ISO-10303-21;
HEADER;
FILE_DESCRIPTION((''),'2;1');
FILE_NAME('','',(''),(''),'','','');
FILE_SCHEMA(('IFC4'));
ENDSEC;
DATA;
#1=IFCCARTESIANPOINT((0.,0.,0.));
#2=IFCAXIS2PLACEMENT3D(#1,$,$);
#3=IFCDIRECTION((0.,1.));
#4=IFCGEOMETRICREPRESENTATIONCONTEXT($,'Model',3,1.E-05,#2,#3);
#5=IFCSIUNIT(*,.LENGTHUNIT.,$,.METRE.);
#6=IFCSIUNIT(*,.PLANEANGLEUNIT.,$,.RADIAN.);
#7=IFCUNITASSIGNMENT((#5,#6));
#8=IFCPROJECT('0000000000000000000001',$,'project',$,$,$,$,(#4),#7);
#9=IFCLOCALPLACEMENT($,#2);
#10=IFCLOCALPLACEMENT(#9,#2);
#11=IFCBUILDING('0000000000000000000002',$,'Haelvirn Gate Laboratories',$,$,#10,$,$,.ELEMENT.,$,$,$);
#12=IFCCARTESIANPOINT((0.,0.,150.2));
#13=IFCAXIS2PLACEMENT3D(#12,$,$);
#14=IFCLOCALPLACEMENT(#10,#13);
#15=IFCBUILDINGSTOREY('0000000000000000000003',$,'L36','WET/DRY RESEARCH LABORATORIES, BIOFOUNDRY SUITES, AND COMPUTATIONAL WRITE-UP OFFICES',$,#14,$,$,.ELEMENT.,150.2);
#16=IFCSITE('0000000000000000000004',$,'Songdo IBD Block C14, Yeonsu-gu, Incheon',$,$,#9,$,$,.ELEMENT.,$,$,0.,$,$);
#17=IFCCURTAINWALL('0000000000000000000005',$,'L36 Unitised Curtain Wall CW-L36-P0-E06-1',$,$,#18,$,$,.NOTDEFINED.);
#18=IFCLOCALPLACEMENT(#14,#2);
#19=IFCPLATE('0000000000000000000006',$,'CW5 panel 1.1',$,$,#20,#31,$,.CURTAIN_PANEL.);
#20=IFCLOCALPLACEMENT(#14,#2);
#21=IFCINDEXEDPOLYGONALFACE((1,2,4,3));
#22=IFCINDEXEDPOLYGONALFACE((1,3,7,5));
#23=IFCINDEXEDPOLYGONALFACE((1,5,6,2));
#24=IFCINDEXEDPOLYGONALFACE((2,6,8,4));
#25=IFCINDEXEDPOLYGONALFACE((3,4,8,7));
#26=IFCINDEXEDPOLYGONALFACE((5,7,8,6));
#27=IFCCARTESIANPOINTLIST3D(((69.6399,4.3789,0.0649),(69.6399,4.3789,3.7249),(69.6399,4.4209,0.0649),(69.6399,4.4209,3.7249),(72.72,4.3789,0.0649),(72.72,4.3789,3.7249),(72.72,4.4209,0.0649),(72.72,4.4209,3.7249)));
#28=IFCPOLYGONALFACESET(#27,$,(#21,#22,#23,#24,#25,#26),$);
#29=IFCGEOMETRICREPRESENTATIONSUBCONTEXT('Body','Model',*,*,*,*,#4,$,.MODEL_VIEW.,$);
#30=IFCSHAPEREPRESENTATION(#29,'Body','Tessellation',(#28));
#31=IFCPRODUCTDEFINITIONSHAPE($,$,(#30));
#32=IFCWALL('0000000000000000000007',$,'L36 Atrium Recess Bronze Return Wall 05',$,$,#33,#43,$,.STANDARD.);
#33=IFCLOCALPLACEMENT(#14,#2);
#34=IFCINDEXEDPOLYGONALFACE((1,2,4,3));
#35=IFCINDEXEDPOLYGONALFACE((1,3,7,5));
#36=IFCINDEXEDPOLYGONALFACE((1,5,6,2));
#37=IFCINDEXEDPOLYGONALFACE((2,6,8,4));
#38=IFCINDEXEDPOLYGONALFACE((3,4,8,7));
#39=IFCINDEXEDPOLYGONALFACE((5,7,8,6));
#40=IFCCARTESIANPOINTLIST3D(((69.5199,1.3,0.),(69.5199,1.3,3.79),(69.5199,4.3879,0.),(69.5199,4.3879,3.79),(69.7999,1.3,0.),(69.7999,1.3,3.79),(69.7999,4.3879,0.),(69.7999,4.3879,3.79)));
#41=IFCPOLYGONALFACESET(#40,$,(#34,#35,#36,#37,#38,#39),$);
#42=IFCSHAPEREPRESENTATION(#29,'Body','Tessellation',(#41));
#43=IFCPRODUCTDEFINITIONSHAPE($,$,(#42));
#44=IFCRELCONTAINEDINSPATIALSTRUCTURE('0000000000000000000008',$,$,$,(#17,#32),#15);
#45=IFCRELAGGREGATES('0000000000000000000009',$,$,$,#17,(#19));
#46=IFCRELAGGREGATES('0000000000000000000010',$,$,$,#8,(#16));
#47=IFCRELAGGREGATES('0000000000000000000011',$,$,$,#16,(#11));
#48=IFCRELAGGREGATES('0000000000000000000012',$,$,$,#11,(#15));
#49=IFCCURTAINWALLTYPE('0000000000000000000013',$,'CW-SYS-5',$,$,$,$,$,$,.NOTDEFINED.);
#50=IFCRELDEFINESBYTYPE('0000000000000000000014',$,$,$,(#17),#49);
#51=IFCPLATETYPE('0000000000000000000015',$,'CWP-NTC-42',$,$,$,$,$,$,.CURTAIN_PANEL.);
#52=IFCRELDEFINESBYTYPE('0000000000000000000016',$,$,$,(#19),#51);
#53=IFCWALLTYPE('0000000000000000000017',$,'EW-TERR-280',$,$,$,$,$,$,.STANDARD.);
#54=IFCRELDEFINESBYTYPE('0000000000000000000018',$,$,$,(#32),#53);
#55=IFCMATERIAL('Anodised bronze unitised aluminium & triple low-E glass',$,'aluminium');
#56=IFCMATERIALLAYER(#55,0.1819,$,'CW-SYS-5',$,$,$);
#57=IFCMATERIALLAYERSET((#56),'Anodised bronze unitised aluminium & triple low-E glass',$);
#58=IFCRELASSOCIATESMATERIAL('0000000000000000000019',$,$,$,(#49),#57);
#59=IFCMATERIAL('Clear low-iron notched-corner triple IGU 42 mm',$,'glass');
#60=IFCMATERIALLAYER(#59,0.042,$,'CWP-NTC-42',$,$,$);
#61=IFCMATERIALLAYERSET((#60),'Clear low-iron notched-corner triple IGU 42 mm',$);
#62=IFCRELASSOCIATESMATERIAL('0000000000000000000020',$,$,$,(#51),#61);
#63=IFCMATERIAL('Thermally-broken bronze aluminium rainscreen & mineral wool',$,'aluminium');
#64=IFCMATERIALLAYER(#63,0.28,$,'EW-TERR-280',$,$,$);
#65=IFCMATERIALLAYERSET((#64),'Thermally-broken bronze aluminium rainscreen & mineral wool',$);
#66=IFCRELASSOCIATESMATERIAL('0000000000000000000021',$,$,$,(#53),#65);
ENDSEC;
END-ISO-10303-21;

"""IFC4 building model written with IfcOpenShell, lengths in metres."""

from ifc_helpers import new_model, si_unit, direction, frame, frame_2d, origin, origin_2d, place, context, subcontext, project, spatial, rectangle, extrude, source, transform, mapped, material, layer, layer_set, type_object, type_shapes, element, aggregate, save


model = new_model("IFC4")

# Units and contexts
model_context = context("Model", 3, precision=1e-05, world=origin(), true_north=direction((0.0, 1.0)))
body_context = subcontext(model_context, "Body", "Model", "MODEL_VIEW")
ifc_project = project(units=[si_unit("LENGTHUNIT", "METRE"), si_unit("PLANEANGLEUNIT", "RADIAN")], contexts=[model_context])

# Site, building, storey
site_placement = place(None, origin())
site = spatial("IfcSite", under=ifc_project, at=site_placement, Name="Songdo IBD Block C14, Yeonsu-gu, Incheon", CompositionType="ELEMENT", RefElevation=0.0)
building_placement = place(site_placement, origin())
building = spatial("IfcBuilding", under=site, at=building_placement, Name="Haelvirn Gate Laboratories", CompositionType="ELEMENT")
storey_placement = place(building_placement, frame((0.0, 0.0, 150.2)))
storey = spatial("IfcBuildingStorey", under=building, at=storey_placement, Name="L36", Description="WET/DRY RESEARCH LABORATORIES, BIOFOUNDRY SUITES, AND COMPUTATIONAL WRITE-UP OFFICES", CompositionType="ELEMENT", Elevation=150.2)

# Curtain wall
ifc_material_1 = material(Name="Anodised bronze unitised aluminium & triple low-E glass", Category="aluminium")
ifc_layer_1 = layer(ifc_material_1, 0.1819, Name="CW-SYS-5")
ifc_layer_set_1 = layer_set([ifc_layer_1], Name="Anodised bronze unitised aluminium & triple low-E glass")
curtain_wall_type_1 = type_object("IfcCurtainWallType", Name="CW-SYS-5", PredefinedType="NOTDEFINED", material=ifc_layer_set_1)
curtain_wall_1_placement = place(storey_placement, origin())
curtain_wall_1 = element("IfcCurtainWall", 1, at=curtain_wall_1_placement, inside=storey, type_object=curtain_wall_type_1, Name="L36 Unitised Curtain Wall CW-L36-P0-E06-1", PredefinedType="NOTDEFINED")

# Plate
ifc_material_2 = material(Name="Clear low-iron notched-corner triple IGU 42 mm", Category="glass")
ifc_layer_2 = layer(ifc_material_2, 0.042, Name="CWP-NTC-42")
ifc_layer_set_2 = layer_set([ifc_layer_2], Name="Clear low-iron notched-corner triple IGU 42 mm")
plate_type_1 = type_object("IfcPlateType", Name="CWP-NTC-42", PredefinedType="CURTAIN_PANEL", material=ifc_layer_set_2)
shared_shape_1 = source(origin(), body_context, "Body", "SweptSolid", [
    extrude(rectangle(XDim=3.0801, YDim=0.042, at=origin_2d()), origin(), (0.0, 0.0, 1.0), 3.6599),
])
type_shapes(plate_type_1, [shared_shape_1])
plate_1_placement = place(storey_placement, frame((71.1799, 4.3999, 0.0649), z_axis=(0.0, 0.0, 1.0), x_axis=(1.0, 0.0, 0.0)))
plate_1 = element("IfcPlate", 2, at=plate_1_placement, type_object=plate_type_1, Name="CW5 panel 1.1", PredefinedType="CURTAIN_PANEL", context=body_context, shape_type="MappedRepresentation", body=[
    mapped(shared_shape_1, transform((0.0, 0.0, 0.0), scale=1.0)),
])
aggregate(curtain_wall_1, [plate_1])

# Wall
ifc_material_3 = material(Name="Thermally-broken bronze aluminium rainscreen & mineral wool", Category="aluminium")
ifc_layer_3 = layer(ifc_material_3, 0.28, Name="EW-TERR-280")
ifc_layer_set_3 = layer_set([ifc_layer_3], Name="Thermally-broken bronze aluminium rainscreen & mineral wool")
wall_type = type_object("IfcWallType", Name="EW-TERR-280", PredefinedType="STANDARD", material=ifc_layer_set_3)
wall_placement = place(storey_placement, frame((69.6599, 1.3, 0.0), z_axis=(0.0, 0.0, 1.0), x_axis=(0.0, 1.0, 0.0)))
element("IfcWall", 3, at=wall_placement, inside=storey, type_object=wall_type, Name="L36 Atrium Recess Bronze Return Wall 05", PredefinedType="STANDARD", context=body_context, shape_type="SweptSolid", body=[
    extrude(rectangle(XDim=3.0879, YDim=0.28, at=frame_2d((1.5439, 0.0))), origin(), (0.0, 0.0, 1.0), 3.79),
])

save(model, "model.ifc")
